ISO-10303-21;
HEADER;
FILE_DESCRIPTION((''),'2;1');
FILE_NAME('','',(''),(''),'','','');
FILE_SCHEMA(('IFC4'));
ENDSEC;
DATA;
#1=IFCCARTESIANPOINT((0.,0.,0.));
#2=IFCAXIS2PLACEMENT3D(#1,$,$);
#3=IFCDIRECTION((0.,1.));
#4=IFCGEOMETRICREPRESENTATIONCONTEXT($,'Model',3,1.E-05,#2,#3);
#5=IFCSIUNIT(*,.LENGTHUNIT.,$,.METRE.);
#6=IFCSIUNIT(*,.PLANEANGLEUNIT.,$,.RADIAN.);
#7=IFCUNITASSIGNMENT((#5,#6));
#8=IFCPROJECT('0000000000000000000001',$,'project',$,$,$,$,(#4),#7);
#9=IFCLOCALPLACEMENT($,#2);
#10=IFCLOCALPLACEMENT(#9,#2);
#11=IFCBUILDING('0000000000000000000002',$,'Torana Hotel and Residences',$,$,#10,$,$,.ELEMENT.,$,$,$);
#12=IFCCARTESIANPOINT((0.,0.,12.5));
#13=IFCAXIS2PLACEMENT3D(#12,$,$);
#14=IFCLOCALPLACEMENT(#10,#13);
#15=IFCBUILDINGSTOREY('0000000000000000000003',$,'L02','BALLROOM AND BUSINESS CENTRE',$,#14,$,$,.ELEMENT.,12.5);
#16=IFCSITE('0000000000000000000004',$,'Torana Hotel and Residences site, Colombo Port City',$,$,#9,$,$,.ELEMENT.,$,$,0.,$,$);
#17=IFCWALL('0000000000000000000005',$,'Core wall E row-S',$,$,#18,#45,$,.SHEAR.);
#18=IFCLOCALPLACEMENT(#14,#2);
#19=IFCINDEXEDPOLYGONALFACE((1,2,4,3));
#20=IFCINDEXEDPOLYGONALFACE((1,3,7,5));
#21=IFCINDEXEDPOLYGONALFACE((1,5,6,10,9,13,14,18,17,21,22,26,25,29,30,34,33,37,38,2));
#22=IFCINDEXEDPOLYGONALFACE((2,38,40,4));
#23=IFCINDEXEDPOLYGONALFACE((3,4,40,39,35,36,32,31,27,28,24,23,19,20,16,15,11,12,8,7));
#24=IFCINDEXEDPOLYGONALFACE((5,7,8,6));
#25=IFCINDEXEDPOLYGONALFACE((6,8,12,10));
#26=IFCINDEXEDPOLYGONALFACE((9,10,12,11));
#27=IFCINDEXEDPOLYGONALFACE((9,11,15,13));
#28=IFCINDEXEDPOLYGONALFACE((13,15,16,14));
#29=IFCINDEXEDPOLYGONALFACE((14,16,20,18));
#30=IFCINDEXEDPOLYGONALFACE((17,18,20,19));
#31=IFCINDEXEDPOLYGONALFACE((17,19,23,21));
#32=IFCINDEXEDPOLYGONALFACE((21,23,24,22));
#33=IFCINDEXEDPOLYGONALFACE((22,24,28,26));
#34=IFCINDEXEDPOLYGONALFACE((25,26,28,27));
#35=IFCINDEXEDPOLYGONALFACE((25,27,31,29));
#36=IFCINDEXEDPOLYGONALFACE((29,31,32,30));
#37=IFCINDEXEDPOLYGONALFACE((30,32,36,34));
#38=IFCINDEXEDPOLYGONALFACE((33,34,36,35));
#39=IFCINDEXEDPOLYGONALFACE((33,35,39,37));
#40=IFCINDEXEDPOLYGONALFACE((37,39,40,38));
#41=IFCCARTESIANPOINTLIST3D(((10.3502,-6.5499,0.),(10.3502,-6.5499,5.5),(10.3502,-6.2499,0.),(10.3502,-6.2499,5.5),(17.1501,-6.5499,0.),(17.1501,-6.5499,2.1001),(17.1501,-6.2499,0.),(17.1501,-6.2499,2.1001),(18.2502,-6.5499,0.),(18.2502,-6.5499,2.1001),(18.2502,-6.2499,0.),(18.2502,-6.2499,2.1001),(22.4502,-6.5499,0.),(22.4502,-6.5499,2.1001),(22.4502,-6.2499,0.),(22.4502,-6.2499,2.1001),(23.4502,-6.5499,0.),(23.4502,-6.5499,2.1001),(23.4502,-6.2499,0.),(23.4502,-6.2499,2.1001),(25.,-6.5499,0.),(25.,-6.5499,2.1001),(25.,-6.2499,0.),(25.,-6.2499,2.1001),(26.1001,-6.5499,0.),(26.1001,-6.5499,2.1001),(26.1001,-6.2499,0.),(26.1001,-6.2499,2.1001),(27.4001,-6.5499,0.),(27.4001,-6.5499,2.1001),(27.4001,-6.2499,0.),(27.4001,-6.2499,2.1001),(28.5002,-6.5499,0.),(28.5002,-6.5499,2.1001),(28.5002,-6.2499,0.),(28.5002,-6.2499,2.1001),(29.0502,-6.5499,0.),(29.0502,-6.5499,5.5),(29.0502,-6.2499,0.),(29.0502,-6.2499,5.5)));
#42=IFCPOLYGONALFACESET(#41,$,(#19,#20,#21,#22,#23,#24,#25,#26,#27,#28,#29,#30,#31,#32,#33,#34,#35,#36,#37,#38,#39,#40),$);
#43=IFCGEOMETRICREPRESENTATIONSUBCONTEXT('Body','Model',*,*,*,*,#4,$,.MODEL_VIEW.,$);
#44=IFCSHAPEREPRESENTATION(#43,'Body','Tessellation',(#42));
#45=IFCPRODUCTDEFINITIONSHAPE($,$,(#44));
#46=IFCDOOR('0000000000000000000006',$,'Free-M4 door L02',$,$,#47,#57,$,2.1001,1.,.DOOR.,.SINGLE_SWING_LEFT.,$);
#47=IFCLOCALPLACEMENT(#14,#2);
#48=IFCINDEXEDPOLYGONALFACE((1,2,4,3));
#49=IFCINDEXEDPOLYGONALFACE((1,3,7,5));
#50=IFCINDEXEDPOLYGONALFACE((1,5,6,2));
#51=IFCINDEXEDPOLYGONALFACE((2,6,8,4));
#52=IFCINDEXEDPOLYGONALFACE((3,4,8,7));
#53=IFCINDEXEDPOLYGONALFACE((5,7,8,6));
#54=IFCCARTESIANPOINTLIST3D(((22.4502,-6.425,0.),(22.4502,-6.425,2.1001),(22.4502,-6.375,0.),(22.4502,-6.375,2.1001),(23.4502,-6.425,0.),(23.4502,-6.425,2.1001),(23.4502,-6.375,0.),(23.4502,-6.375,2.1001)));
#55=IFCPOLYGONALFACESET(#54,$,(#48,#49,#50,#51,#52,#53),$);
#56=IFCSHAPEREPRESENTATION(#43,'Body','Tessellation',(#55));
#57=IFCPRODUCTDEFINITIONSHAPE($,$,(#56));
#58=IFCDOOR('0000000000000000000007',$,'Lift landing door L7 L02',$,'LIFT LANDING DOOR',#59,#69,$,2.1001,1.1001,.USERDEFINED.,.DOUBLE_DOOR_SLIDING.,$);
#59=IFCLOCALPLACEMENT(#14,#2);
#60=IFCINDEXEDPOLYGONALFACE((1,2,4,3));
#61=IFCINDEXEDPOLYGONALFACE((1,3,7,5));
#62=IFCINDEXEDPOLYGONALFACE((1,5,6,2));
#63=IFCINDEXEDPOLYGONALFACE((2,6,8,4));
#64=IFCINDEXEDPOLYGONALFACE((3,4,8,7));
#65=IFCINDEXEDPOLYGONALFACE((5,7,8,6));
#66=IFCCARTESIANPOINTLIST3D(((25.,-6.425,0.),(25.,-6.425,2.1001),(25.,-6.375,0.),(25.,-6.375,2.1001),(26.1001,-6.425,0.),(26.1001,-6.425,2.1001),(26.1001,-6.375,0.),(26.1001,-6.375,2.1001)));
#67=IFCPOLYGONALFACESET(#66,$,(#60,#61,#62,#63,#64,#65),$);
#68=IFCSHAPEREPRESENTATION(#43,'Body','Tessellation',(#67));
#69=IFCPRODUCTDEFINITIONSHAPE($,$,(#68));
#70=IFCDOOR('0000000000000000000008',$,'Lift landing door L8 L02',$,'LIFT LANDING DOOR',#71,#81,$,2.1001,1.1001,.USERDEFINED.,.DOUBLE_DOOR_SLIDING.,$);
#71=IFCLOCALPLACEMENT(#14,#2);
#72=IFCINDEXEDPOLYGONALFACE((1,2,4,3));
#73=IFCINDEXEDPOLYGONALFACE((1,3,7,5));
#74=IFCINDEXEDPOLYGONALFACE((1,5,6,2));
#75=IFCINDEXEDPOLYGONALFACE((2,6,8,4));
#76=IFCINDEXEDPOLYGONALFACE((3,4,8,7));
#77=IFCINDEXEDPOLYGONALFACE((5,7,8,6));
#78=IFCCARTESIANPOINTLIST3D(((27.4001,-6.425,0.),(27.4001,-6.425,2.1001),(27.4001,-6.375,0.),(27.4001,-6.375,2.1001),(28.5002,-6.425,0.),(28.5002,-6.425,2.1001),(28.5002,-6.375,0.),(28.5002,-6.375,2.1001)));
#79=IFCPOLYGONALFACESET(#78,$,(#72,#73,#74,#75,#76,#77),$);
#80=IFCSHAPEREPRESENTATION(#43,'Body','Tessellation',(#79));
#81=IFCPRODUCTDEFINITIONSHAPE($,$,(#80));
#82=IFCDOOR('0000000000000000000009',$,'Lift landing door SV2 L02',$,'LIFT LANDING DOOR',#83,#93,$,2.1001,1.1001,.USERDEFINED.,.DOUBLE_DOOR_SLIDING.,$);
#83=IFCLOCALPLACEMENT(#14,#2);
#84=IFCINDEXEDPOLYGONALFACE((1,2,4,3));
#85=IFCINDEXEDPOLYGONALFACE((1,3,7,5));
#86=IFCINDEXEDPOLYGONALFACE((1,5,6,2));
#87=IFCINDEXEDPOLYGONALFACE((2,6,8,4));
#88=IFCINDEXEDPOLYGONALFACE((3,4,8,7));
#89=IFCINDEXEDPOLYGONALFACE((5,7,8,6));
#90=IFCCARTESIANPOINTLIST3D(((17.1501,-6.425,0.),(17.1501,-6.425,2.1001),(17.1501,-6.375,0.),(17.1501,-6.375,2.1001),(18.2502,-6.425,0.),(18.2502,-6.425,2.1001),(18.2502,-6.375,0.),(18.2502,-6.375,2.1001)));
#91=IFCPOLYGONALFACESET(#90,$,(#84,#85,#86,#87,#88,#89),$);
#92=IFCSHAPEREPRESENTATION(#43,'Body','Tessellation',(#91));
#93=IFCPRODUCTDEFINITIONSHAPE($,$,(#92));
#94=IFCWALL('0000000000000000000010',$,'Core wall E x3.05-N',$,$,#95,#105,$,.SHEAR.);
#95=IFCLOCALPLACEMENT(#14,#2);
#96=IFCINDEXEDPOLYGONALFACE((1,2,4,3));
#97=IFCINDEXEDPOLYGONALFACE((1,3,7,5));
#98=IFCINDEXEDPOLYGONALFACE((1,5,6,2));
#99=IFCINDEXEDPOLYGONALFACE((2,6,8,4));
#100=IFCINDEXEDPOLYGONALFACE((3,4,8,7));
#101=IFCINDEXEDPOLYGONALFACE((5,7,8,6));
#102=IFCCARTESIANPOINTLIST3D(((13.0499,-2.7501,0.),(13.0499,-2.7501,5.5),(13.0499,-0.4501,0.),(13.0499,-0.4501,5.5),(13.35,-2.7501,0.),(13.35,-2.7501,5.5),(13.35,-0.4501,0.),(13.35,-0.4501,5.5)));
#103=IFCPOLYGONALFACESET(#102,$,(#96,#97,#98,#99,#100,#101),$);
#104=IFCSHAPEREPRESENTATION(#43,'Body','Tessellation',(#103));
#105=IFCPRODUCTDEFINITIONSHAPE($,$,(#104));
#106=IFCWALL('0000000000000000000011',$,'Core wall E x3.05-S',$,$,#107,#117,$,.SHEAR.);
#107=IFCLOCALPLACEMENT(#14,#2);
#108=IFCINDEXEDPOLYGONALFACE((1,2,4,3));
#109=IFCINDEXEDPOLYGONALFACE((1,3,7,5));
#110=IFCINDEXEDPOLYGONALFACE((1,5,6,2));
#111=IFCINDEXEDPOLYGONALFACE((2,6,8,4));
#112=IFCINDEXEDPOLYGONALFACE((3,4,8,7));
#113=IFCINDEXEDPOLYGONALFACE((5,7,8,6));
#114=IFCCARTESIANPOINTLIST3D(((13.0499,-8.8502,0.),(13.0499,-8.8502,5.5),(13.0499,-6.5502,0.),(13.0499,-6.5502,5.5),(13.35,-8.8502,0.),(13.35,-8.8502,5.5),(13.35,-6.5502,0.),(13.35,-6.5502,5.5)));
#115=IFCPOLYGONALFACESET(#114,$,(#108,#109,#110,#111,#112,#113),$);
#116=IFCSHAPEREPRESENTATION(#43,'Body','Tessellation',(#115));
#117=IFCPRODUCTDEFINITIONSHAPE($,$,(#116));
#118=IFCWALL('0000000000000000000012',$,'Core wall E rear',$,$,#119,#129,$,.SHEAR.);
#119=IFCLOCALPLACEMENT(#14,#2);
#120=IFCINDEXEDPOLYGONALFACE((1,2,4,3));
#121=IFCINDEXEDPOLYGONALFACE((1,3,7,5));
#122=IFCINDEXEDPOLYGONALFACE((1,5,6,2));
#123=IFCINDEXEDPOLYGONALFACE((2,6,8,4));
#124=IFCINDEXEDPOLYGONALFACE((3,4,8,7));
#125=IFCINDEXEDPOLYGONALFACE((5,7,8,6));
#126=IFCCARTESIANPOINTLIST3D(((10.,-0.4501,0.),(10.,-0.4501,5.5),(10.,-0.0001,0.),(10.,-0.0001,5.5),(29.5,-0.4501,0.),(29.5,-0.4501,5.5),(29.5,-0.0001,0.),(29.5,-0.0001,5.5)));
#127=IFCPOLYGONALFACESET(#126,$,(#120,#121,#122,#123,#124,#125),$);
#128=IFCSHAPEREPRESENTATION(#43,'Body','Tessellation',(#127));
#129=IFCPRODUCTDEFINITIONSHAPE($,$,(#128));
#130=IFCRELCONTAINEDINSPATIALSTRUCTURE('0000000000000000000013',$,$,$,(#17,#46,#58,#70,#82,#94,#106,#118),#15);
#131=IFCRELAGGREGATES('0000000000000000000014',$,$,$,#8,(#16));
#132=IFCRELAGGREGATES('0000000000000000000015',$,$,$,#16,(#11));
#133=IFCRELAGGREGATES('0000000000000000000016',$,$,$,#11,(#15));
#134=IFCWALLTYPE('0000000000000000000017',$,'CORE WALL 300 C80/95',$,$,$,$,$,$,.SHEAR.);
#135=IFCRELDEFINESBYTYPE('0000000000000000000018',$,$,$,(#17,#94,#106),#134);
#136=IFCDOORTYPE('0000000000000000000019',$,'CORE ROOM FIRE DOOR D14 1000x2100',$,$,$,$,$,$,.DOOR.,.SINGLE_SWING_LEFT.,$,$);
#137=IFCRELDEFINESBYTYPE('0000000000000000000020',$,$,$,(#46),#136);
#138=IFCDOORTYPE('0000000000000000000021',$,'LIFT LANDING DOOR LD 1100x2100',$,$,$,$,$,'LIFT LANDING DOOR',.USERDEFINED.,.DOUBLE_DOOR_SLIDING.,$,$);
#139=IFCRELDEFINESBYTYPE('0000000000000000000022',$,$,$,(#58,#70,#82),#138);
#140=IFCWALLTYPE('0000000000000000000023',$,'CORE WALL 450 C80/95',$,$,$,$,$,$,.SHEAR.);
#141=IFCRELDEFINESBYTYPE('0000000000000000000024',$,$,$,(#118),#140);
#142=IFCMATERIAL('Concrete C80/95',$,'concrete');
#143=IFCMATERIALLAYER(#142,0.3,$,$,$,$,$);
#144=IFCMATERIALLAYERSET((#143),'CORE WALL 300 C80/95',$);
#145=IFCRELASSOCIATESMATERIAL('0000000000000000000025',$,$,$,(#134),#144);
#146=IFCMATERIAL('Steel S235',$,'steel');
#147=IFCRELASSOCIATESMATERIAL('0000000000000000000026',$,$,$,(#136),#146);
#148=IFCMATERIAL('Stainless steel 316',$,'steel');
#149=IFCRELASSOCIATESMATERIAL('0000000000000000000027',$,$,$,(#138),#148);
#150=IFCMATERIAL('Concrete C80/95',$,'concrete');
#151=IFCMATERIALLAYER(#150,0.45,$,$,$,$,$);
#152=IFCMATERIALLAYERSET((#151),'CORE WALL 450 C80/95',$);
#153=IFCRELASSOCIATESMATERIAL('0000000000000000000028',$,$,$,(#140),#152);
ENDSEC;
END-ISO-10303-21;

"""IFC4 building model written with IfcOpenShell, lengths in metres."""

from ifc_helpers import new_model, si_unit, direction, frame, frame_2d, origin, place, context, subcontext, project, spatial, rectangle, extrude, material, layer, layer_set, type_object, element, fill, save


model = new_model("IFC4")

# Units and contexts
model_context = context("Model", 3, precision=1e-05, world=origin(), true_north=direction((0.0, 1.0)))
body_context = subcontext(model_context, "Body", "Model", "MODEL_VIEW")
ifc_project = project(units=[si_unit("LENGTHUNIT", "METRE"), si_unit("PLANEANGLEUNIT", "RADIAN")], contexts=[model_context])

# Site, building, storey
site_placement = place(None, origin())
site = spatial("IfcSite", under=ifc_project, at=site_placement, Name="Torana Hotel and Residences site, Colombo Port City", CompositionType="ELEMENT", RefElevation=0.0)
building_placement = place(site_placement, origin())
building = spatial("IfcBuilding", under=site, at=building_placement, Name="Torana Hotel and Residences", CompositionType="ELEMENT")
storey_placement = place(building_placement, frame((0.0, 0.0, 12.5)))
storey = spatial("IfcBuildingStorey", under=building, at=storey_placement, Name="L02", Description="BALLROOM AND BUSINESS CENTRE", CompositionType="ELEMENT", Elevation=12.5)

# Wall, openings, doors
ifc_material_1 = material(Name="Concrete C80/95", Category="concrete")
ifc_layer_1 = layer(ifc_material_1, 0.3)
ifc_layer_set_1 = layer_set([ifc_layer_1], Name="CORE WALL 300 C80/95")
wall_type_1 = type_object("IfcWallType", Name="CORE WALL 300 C80/95", PredefinedType="SHEAR", material=ifc_layer_set_1)
ifc_material_2 = material(Name="Steel S235", Category="steel")
door_type_1 = type_object("IfcDoorType", Name="CORE ROOM FIRE DOOR D14 1000x2100", OperationType="SINGLE_SWING_LEFT", PredefinedType="DOOR", material=ifc_material_2)
ifc_material_3 = material(Name="Stainless steel 316", Category="steel")
door_type_2 = type_object("IfcDoorType", Name="LIFT LANDING DOOR LD 1100x2100", ElementType="LIFT LANDING DOOR", OperationType="DOUBLE_DOOR_SLIDING", PredefinedType="USERDEFINED", material=ifc_material_3)
wall_1_placement = place(storey_placement, frame((10.3501, -6.3999, 0.0), z_axis=(0.0, 0.0, 1.0), x_axis=(1.0, 0.0, 0.0)))
wall_1 = element("IfcWall", 1, at=wall_1_placement, inside=storey, type_object=wall_type_1, Name="Core wall E row-S", PredefinedType="SHEAR", context=body_context, shape_type="SweptSolid", body=[
    extrude(rectangle(XDim=18.7, YDim=0.3, at=frame_2d((9.3501, 0.0))), origin(), (0.0, 0.0, 1.0), 5.5),
])
opening_1_placement = place(wall_1_placement, frame((14.6499, 0.0, 0.0)))
opening_1 = element("IfcOpeningElement", 2, at=opening_1_placement, cuts=wall_1, PredefinedType="OPENING", context=body_context, shape_type="SweptSolid", body=[
    extrude(rectangle(XDim=1.1001, YDim=2.1001, at=frame_2d((0.55, 1.05))), frame((0.0, 0.1599, 0.0), z_axis=(0.0, -1.0, 0.0), x_axis=(1.0, 0.0, 0.0)), (0.0, 0.0, 1.0), 0.3201),
])
opening_2_placement = place(wall_1_placement, frame((17.05, 0.0, 0.0)))
opening_2 = element("IfcOpeningElement", 3, at=opening_2_placement, cuts=wall_1, PredefinedType="OPENING", context=body_context, shape_type="SweptSolid", body=[
    extrude(rectangle(XDim=1.1001, YDim=2.1001, at=frame_2d((0.55, 1.05))), frame((0.0, 0.1599, 0.0), z_axis=(0.0, -1.0, 0.0), x_axis=(1.0, 0.0, 0.0)), (0.0, 0.0, 1.0), 0.3201),
])
opening_3_placement = place(wall_1_placement, frame((6.8, 0.0, 0.0)))
opening_3 = element("IfcOpeningElement", 4, at=opening_3_placement, cuts=wall_1, PredefinedType="OPENING", context=body_context, shape_type="SweptSolid", body=[
    extrude(rectangle(XDim=1.1001, YDim=2.1001, at=frame_2d((0.55, 1.05))), frame((0.0, 0.1599, 0.0), z_axis=(0.0, -1.0, 0.0), x_axis=(1.0, 0.0, 0.0)), (0.0, 0.0, 1.0), 0.3201),
])
opening_4_placement = place(wall_1_placement, frame((12.1001, 0.0, 0.0)))
opening_4 = element("IfcOpeningElement", 5, at=opening_4_placement, cuts=wall_1, PredefinedType="OPENING", context=body_context, shape_type="SweptSolid", body=[
    extrude(rectangle(XDim=1.0, YDim=2.1001, at=frame_2d((0.5, 1.05))), frame((0.0, 0.1599, 0.0), z_axis=(0.0, -1.0, 0.0), x_axis=(1.0, 0.0, 0.0)), (0.0, 0.0, 1.0), 0.3201),
])
door_1_placement = place(opening_4_placement, frame((0.5, 0.0, 0.0), z_axis=(0.0, 0.0, 1.0), x_axis=(-1.0, 0.0, 0.0)))
door_1 = element("IfcDoor", 6, at=door_1_placement, inside=storey, type_object=door_type_1, Name="Free-M4 door L02", OperationType="SINGLE_SWING_LEFT", OverallHeight=2.1001, OverallWidth=1.0, PredefinedType="DOOR", context=body_context, shape_type="SweptSolid", body=[
    extrude(rectangle(XDim=1.0, YDim=2.1001, at=frame_2d((0.0, 1.05))), frame((0.0, -0.0249, 0.0), z_axis=(0.0, 1.0, 0.0), x_axis=(-1.0, 0.0, 0.0)), (0.0, 0.0, 1.0), 0.05),
])
fill(opening_4, door_1)
door_2_placement = place(opening_1_placement, origin())
door_2 = element("IfcDoor", 7, at=door_2_placement, inside=storey, type_object=door_type_2, Name="Lift landing door L7 L02", ObjectType="LIFT LANDING DOOR", OperationType="DOUBLE_DOOR_SLIDING", OverallHeight=2.1001, OverallWidth=1.1001, PredefinedType="USERDEFINED", context=body_context, shape_type="SweptSolid", body=[
    extrude(rectangle(XDim=1.1001, YDim=2.1001, at=frame_2d((0.55, 1.05))), frame((0.0, 0.0249, 0.0), z_axis=(0.0, -1.0, 0.0), x_axis=(1.0, 0.0, 0.0)), (0.0, 0.0, 1.0), 0.05),
])
fill(opening_1, door_2)
door_3_placement = place(opening_2_placement, origin())
door_3 = element("IfcDoor", 8, at=door_3_placement, inside=storey, type_object=door_type_2, Name="Lift landing door L8 L02", ObjectType="LIFT LANDING DOOR", OperationType="DOUBLE_DOOR_SLIDING", OverallHeight=2.1001, OverallWidth=1.1001, PredefinedType="USERDEFINED", context=body_context, shape_type="SweptSolid", body=[
    extrude(rectangle(XDim=1.1001, YDim=2.1001, at=frame_2d((0.55, 1.05))), frame((0.0, 0.0249, 0.0), z_axis=(0.0, -1.0, 0.0), x_axis=(1.0, 0.0, 0.0)), (0.0, 0.0, 1.0), 0.05),
])
fill(opening_2, door_3)
door_4_placement = place(opening_3_placement, origin())
door_4 = element("IfcDoor", 9, at=door_4_placement, inside=storey, type_object=door_type_2, Name="Lift landing door SV2 L02", ObjectType="LIFT LANDING DOOR", OperationType="DOUBLE_DOOR_SLIDING", OverallHeight=2.1001, OverallWidth=1.1001, PredefinedType="USERDEFINED", context=body_context, shape_type="SweptSolid", body=[
    extrude(rectangle(XDim=1.1001, YDim=2.1001, at=frame_2d((0.55, 1.05))), frame((0.0, 0.0249, 0.0), z_axis=(0.0, -1.0, 0.0), x_axis=(1.0, 0.0, 0.0)), (0.0, 0.0, 1.0), 0.05),
])
fill(opening_3, door_4)

# Walls
for number, where, z_axis, x_axis, name in (
    (10, (13.2, -2.75, 0.0), (0.0, 0.0, 1.0), (0.0, 1.0, 0.0), "Core wall E x3.05-N"),
    (11, (13.2, -8.8501, 0.0), (0.0, 0.0, 1.0), (0.0, 1.0, 0.0), "Core wall E x3.05-S"),
):
    element("IfcWall", number, at=place(storey_placement, frame(where, z_axis=z_axis, x_axis=x_axis)), inside=storey, type_object=wall_type_1, Name=name, PredefinedType="SHEAR", context=body_context, shape_type="SweptSolid", body=[
        extrude(rectangle(XDim=2.3, YDim=0.3, at=frame_2d((1.1499, 0.0))), origin(), (0.0, 0.0, 1.0), 5.5),
    ])
ifc_material_4 = material(Name="Concrete C80/95", Category="concrete")
ifc_layer_2 = layer(ifc_material_4, 0.45)
ifc_layer_set_2 = layer_set([ifc_layer_2], Name="CORE WALL 450 C80/95")
wall_type_2 = type_object("IfcWallType", Name="CORE WALL 450 C80/95", PredefinedType="SHEAR", material=ifc_layer_set_2)
wall_2_placement = place(storey_placement, frame((10.0, -0.2251, 0.0), z_axis=(0.0, 0.0, 1.0), x_axis=(1.0, 0.0, 0.0)))
element("IfcWall", 12, at=wall_2_placement, inside=storey, type_object=wall_type_2, Name="Core wall E rear", PredefinedType="SHEAR", context=body_context, shape_type="SweptSolid", body=[
    extrude(rectangle(XDim=19.5, YDim=0.45, at=frame_2d((9.75, 0.0))), origin(), (0.0, 0.0, 1.0), 5.5),
])

save(model, "model.ifc")
